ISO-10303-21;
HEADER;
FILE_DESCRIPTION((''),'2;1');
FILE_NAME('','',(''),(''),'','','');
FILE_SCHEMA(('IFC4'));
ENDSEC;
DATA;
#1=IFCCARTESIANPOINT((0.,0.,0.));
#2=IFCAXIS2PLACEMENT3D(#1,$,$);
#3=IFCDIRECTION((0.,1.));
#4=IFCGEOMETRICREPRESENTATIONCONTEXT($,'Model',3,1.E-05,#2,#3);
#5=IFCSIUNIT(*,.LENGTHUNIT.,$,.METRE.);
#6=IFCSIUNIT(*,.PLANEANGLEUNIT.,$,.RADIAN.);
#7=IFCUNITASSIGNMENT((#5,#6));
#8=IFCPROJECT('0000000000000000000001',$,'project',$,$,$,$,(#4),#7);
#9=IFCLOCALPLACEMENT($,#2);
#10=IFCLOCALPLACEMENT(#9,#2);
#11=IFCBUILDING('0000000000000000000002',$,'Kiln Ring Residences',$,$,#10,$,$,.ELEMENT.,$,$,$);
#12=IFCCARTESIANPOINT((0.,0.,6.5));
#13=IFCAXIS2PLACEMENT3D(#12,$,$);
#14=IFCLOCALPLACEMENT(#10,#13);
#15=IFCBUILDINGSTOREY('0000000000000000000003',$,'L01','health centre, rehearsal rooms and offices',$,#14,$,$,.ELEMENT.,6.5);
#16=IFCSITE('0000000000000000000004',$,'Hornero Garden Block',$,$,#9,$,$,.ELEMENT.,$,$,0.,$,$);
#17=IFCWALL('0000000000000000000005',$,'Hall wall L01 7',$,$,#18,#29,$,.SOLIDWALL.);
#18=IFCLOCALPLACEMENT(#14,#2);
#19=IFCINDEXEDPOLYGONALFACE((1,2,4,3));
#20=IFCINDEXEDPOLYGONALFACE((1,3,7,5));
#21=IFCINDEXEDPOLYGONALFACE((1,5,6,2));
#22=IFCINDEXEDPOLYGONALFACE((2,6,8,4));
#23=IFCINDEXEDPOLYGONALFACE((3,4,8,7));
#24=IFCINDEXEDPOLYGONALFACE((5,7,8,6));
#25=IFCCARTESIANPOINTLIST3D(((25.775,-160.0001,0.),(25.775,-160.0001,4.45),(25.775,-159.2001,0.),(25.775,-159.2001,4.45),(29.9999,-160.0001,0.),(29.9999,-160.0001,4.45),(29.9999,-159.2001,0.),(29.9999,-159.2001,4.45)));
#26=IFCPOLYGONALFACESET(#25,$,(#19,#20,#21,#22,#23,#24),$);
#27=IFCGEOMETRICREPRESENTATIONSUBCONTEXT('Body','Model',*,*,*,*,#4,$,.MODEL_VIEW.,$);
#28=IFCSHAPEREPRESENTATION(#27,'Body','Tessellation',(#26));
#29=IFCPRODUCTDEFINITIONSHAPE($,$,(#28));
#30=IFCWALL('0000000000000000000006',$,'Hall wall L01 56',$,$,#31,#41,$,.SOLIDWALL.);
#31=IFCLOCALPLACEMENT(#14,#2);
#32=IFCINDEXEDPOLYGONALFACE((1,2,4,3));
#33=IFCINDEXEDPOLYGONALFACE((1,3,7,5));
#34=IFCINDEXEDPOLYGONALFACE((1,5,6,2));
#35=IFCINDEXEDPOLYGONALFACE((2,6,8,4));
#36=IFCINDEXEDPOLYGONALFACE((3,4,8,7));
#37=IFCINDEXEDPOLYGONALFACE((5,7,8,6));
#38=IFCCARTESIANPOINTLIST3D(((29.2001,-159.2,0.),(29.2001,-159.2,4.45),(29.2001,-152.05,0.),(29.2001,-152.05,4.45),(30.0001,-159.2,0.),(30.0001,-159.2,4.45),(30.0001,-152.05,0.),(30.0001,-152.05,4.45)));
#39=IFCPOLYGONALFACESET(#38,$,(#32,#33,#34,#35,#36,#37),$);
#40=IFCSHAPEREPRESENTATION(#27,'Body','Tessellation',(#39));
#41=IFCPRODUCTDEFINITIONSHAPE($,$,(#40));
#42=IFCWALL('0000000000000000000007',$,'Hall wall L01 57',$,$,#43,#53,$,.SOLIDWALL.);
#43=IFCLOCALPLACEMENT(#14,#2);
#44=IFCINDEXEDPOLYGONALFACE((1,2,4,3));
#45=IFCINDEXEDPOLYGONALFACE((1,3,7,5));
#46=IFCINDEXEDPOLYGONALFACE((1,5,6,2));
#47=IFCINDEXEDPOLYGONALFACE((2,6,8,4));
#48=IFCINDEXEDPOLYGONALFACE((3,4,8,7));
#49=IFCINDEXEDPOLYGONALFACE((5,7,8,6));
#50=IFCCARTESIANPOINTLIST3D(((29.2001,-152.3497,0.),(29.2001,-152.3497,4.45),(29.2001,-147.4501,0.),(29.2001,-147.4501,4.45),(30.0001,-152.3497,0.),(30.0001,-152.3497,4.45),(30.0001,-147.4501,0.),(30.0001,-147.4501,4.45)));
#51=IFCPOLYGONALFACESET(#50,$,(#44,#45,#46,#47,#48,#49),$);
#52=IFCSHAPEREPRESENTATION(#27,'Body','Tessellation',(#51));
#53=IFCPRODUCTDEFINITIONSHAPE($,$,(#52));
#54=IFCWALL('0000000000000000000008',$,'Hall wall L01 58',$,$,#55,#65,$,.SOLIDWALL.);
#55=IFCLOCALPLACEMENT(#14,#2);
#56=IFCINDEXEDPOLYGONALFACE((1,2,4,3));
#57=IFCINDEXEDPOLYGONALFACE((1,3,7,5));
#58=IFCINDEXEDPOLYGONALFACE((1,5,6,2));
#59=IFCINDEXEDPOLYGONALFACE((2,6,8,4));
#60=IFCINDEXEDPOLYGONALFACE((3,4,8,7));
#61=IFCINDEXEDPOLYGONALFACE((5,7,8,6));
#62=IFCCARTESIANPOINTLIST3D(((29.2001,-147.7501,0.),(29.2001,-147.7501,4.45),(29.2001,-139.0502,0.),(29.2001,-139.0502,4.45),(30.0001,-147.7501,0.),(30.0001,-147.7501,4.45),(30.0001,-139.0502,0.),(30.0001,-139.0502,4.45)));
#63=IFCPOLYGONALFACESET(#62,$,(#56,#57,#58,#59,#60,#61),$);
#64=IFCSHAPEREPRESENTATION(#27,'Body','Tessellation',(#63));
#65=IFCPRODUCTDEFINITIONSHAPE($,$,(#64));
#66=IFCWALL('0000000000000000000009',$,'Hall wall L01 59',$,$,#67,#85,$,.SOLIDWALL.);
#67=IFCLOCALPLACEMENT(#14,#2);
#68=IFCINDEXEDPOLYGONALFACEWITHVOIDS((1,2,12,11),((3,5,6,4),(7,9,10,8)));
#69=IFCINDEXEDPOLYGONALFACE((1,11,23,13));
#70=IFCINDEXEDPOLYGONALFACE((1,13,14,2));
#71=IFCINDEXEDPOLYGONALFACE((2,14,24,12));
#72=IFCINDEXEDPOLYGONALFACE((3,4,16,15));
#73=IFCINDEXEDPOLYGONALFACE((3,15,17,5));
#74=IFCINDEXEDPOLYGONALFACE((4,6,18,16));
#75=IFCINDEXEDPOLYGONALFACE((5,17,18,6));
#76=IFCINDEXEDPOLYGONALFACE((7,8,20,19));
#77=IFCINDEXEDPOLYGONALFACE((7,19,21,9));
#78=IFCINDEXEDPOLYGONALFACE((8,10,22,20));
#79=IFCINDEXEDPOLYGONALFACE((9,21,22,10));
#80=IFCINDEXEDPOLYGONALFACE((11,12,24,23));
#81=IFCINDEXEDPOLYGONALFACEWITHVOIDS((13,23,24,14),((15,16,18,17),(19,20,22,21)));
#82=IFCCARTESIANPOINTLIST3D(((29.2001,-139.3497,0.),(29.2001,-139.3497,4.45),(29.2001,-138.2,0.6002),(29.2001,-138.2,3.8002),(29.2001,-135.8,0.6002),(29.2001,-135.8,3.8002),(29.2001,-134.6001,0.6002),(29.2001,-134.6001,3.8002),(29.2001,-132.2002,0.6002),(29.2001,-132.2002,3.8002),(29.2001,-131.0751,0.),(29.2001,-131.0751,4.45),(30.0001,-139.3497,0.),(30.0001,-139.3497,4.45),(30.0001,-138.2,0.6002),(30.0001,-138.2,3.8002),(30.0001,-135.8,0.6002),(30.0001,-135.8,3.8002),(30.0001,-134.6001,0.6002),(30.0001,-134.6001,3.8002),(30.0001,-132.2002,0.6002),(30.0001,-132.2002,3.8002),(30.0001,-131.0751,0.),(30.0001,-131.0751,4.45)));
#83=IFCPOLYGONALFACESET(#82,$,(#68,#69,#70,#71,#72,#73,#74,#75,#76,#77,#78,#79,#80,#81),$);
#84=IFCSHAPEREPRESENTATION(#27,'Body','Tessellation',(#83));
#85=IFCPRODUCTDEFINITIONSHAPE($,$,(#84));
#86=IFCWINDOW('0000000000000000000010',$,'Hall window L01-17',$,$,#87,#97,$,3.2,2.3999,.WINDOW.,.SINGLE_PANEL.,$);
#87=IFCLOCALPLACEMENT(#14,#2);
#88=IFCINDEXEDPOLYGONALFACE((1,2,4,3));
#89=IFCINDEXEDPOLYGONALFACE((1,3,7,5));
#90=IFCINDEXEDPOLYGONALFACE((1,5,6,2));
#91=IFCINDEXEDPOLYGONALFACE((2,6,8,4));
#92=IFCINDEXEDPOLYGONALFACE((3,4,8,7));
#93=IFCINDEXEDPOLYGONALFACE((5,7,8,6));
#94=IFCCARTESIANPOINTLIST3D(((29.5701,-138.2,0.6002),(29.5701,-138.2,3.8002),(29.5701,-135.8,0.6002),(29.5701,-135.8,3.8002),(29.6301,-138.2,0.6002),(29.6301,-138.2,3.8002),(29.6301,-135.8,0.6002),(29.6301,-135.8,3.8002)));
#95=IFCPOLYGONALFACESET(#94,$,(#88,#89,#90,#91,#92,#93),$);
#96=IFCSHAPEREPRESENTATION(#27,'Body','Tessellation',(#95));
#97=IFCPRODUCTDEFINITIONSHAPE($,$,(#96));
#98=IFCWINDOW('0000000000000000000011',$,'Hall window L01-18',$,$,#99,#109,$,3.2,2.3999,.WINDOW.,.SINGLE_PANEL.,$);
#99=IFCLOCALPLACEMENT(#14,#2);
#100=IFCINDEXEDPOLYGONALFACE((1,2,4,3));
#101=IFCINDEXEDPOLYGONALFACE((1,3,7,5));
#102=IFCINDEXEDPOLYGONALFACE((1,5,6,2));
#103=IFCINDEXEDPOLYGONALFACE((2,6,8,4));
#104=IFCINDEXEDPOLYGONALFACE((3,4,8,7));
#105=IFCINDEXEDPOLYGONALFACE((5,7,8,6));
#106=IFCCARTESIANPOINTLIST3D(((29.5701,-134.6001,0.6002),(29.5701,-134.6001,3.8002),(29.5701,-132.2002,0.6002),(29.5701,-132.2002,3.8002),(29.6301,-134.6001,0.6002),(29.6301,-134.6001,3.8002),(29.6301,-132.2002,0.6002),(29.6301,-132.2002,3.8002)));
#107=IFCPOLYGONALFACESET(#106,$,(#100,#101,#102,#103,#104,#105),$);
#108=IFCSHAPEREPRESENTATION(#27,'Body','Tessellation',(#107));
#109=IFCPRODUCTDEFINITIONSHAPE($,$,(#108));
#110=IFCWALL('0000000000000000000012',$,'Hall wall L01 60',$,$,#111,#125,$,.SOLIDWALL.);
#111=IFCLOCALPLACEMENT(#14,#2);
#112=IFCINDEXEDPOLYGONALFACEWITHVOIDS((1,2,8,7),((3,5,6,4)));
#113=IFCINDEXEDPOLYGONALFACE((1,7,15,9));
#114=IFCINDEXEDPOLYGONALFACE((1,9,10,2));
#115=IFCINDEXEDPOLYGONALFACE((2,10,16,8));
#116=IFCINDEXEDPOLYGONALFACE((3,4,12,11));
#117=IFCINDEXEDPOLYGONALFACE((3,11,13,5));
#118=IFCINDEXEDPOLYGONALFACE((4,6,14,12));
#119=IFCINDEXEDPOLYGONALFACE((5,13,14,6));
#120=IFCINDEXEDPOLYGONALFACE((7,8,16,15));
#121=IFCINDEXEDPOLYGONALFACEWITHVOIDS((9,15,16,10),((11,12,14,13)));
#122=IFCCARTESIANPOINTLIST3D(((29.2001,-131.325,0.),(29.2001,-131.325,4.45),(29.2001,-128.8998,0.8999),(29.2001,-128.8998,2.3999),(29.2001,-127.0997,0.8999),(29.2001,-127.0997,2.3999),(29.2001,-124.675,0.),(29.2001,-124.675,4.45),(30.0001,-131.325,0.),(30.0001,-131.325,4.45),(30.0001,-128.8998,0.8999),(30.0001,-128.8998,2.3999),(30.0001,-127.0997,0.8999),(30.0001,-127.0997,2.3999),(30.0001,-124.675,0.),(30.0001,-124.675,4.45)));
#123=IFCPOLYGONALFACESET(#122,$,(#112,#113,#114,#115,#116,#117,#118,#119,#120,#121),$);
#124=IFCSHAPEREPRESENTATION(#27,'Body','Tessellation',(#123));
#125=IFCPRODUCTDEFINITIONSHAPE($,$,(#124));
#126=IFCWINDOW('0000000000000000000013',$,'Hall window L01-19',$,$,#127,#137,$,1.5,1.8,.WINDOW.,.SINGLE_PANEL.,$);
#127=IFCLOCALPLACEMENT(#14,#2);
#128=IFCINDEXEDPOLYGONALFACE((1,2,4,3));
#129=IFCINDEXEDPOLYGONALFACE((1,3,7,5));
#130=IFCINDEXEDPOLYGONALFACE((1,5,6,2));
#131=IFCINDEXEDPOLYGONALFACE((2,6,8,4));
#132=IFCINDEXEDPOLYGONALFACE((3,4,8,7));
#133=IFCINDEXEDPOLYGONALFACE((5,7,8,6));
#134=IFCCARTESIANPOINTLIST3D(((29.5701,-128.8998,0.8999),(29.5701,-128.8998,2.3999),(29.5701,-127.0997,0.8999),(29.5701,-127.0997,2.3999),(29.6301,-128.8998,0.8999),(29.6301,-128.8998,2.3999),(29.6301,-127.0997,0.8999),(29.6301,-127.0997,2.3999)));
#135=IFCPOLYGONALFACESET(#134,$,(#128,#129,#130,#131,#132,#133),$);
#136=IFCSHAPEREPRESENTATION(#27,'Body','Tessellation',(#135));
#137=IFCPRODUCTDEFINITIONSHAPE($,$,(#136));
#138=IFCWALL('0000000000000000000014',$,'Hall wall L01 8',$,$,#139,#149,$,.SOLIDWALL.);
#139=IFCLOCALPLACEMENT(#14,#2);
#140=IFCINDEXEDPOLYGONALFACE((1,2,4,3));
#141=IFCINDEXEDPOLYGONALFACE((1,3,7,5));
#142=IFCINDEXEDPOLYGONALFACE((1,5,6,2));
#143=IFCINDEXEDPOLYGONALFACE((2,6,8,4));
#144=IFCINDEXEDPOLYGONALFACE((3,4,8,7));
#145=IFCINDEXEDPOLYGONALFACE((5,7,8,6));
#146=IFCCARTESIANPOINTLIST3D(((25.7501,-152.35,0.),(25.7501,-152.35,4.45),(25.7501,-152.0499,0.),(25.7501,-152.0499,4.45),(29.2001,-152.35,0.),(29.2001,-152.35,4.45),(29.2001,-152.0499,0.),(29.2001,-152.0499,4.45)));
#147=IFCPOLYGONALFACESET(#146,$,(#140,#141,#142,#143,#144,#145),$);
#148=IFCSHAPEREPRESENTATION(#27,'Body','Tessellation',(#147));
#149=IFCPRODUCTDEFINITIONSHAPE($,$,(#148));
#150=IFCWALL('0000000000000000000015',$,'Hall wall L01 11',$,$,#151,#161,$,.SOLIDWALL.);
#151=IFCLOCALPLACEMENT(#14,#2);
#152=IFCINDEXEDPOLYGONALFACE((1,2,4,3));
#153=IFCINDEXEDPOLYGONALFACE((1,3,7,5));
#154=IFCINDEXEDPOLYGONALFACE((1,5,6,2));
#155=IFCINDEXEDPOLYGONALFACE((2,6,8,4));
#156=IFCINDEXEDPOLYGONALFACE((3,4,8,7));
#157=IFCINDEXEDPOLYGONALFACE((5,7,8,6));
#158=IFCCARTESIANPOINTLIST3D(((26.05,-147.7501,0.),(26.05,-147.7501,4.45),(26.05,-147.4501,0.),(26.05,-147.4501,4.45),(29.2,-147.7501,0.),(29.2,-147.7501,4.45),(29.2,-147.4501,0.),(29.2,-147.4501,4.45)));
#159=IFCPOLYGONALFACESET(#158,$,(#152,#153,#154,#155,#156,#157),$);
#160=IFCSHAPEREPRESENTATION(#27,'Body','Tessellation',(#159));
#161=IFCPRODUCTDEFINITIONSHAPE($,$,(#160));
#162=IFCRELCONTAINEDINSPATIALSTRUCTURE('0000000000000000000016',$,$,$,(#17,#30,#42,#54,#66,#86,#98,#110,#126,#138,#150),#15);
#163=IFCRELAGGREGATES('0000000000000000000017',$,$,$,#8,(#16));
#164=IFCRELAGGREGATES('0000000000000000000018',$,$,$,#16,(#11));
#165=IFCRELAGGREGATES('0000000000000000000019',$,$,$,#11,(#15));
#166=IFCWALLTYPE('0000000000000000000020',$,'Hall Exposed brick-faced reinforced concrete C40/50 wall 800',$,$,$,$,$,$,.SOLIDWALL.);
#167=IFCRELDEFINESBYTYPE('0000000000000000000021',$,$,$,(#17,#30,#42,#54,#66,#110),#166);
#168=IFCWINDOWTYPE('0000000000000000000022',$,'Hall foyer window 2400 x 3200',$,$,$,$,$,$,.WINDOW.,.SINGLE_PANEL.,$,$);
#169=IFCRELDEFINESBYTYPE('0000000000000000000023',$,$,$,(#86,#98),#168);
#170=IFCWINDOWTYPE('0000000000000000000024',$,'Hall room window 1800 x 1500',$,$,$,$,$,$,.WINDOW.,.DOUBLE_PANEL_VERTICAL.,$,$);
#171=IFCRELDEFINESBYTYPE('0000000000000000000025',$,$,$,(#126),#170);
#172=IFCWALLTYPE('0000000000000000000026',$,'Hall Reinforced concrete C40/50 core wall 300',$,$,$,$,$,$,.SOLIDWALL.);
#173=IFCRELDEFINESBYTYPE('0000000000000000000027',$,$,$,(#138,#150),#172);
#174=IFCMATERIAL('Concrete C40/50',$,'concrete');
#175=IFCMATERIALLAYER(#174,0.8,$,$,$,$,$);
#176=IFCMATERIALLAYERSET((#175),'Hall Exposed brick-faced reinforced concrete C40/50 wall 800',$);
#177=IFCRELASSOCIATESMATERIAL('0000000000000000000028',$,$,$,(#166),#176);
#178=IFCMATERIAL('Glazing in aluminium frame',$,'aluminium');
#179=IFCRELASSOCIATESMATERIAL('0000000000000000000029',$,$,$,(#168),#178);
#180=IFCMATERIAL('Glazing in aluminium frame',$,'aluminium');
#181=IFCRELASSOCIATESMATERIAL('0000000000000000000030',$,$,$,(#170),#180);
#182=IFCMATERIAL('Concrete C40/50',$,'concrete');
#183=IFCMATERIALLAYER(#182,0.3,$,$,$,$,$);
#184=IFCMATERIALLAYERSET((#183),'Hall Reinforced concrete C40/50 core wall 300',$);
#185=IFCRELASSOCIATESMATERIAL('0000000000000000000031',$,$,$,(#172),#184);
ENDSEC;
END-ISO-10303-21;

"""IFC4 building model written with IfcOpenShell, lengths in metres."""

from ifc_helpers import new_model, si_unit, direction, frame, frame_2d, origin, place, context, subcontext, project, spatial, rectangle, extrude, material, layer, layer_set, type_object, element, fill, save


model = new_model("IFC4")

# Units and contexts
model_context = context("Model", 3, precision=1e-05, world=origin(), true_north=direction((0.0, 1.0)))
body_context = subcontext(model_context, "Body", "Model", "MODEL_VIEW")
ifc_project = project(units=[si_unit("LENGTHUNIT", "METRE"), si_unit("PLANEANGLEUNIT", "RADIAN")], contexts=[model_context])

# Site, building, storey
site_placement = place(None, origin())
site = spatial("IfcSite", under=ifc_project, at=site_placement, Name="Hornero Garden Block", CompositionType="ELEMENT", RefElevation=0.0)
building_placement = place(site_placement, origin())
building = spatial("IfcBuilding", under=site, at=building_placement, Name="Kiln Ring Residences", CompositionType="ELEMENT")
storey_placement = place(building_placement, frame((0.0, 0.0, 6.5)))
storey = spatial("IfcBuildingStorey", under=building, at=storey_placement, Name="L01", Description="health centre, rehearsal rooms and offices", CompositionType="ELEMENT", Elevation=6.5)

# Walls
ifc_material_1 = material(Name="Concrete C40/50", Category="concrete")
ifc_layer_1 = layer(ifc_material_1, 0.8)
ifc_layer_set_1 = layer_set([ifc_layer_1], Name="Hall Exposed brick-faced reinforced concrete C40/50 wall 800")
wall_type_1 = type_object("IfcWallType", Name="Hall Exposed brick-faced reinforced concrete C40/50 wall 800", PredefinedType="SOLIDWALL", material=ifc_layer_set_1)
wall_1_placement = place(storey_placement, frame((25.7751, -159.6001, 0.0), z_axis=(0.0, 0.0, 1.0), x_axis=(1.0, 0.0, 0.0)))
element("IfcWall", 1, at=wall_1_placement, inside=storey, type_object=wall_type_1, Name="Hall wall L01 7", PredefinedType="SOLIDWALL", context=body_context, shape_type="SweptSolid", body=[
    extrude(rectangle(XDim=4.2249, YDim=0.8, at=frame_2d((2.1123, 0.0))), origin(), (0.0, 0.0, 1.0), 4.45),
])
wall_2_placement = place(storey_placement, frame((29.6001, -152.05, 0.0), z_axis=(0.0, 0.0, 1.0), x_axis=(0.0, -1.0, 0.0)))
element("IfcWall", 2, at=wall_2_placement, inside=storey, type_object=wall_type_1, Name="Hall wall L01 56", PredefinedType="SOLIDWALL", context=body_context, shape_type="SweptSolid", body=[
    extrude(rectangle(XDim=7.1499, YDim=0.8, at=frame_2d((3.575, 0.0))), origin(), (0.0, 0.0, 1.0), 4.45),
])
wall_3_placement = place(storey_placement, frame((29.6001, -147.4502, 0.0), z_axis=(0.0, 0.0, 1.0), x_axis=(0.0, -1.0, 0.0)))
element("IfcWall", 3, at=wall_3_placement, inside=storey, type_object=wall_type_1, Name="Hall wall L01 57", PredefinedType="SOLIDWALL", context=body_context, shape_type="SweptSolid", body=[
    extrude(rectangle(XDim=4.8997, YDim=0.8, at=frame_2d((2.4497, 0.0))), origin(), (0.0, 0.0, 1.0), 4.45),
])
wall_4_placement = place(storey_placement, frame((29.6001, -139.05, 0.0), z_axis=(0.0, 0.0, 1.0), x_axis=(0.0, -1.0, 0.0)))
element("IfcWall", 4, at=wall_4_placement, inside=storey, type_object=wall_type_1, Name="Hall wall L01 58", PredefinedType="SOLIDWALL", context=body_context, shape_type="SweptSolid", body=[
    extrude(rectangle(XDim=8.7, YDim=0.8, at=frame_2d((4.3501, 0.0))), origin(), (0.0, 0.0, 1.0), 4.45),
])

# Wall, openings, windows
wall_5_placement = place(storey_placement, frame((29.6001, -131.0752, 0.0), z_axis=(0.0, 0.0, 1.0), x_axis=(0.0, -1.0, 0.0)))
wall_5 = element("IfcWall", 5, at=wall_5_placement, inside=storey, type_object=wall_type_1, Name="Hall wall L01 59", PredefinedType="SOLIDWALL", context=body_context, shape_type="SweptSolid", body=[
    extrude(rectangle(XDim=8.2747, YDim=0.8, at=frame_2d((4.1372, 0.0))), origin(), (0.0, 0.0, 1.0), 4.45),
])
opening_1_placement = place(wall_5_placement, frame((4.7249, 0.0, 0.6001)))
opening_1 = element("IfcOpeningElement", 6, at=opening_1_placement, cuts=wall_5, PredefinedType="OPENING", context=body_context, shape_type="SweptSolid", body=[
    extrude(rectangle(XDim=2.3999, YDim=3.2, at=frame_2d((1.2, 1.6001))), frame((0.0, 0.4099, 0.0), z_axis=(0.0, -1.0, 0.0), x_axis=(1.0, 0.0, 0.0)), (0.0, 0.0, 1.0), 0.8201),
])
opening_2_placement = place(wall_5_placement, frame((1.125, 0.0, 0.6001)))
opening_2 = element("IfcOpeningElement", 7, at=opening_2_placement, cuts=wall_5, PredefinedType="OPENING", context=body_context, shape_type="SweptSolid", body=[
    extrude(rectangle(XDim=2.3999, YDim=3.2, at=frame_2d((1.2, 1.6001))), frame((0.0, 0.4099, 0.0), z_axis=(0.0, -1.0, 0.0), x_axis=(1.0, 0.0, 0.0)), (0.0, 0.0, 1.0), 0.8201),
])
ifc_material_2 = material(Name="Glazing in aluminium frame", Category="aluminium")
window_type_1 = type_object("IfcWindowType", Name="Hall foyer window 2400 x 3200", PartitioningType="SINGLE_PANEL", PredefinedType="WINDOW", material=ifc_material_2)
window_1_placement = place(opening_1_placement, origin())
window_1 = element("IfcWindow", 8, at=window_1_placement, inside=storey, type_object=window_type_1, Name="Hall window L01-17", OverallHeight=3.2, OverallWidth=2.3999, PartitioningType="SINGLE_PANEL", PredefinedType="WINDOW", context=body_context, shape_type="SweptSolid", body=[
    extrude(rectangle(XDim=2.3999, YDim=3.2, at=frame_2d((1.2, 1.6001))), frame((0.0, 0.03, 0.0), z_axis=(0.0, -1.0, 0.0), x_axis=(1.0, 0.0, 0.0)), (0.0, 0.0, 1.0), 0.0601),
])
fill(opening_1, window_1)
window_2_placement = place(opening_2_placement, origin())
window_2 = element("IfcWindow", 9, at=window_2_placement, inside=storey, type_object=window_type_1, Name="Hall window L01-18", OverallHeight=3.2, OverallWidth=2.3999, PartitioningType="SINGLE_PANEL", PredefinedType="WINDOW", context=body_context, shape_type="SweptSolid", body=[
    extrude(rectangle(XDim=2.3999, YDim=3.2, at=frame_2d((1.2, 1.6001))), frame((0.0, 0.03, 0.0), z_axis=(0.0, -1.0, 0.0), x_axis=(1.0, 0.0, 0.0)), (0.0, 0.0, 1.0), 0.0601),
])
fill(opening_2, window_2)

# Wall, opening, window
wall_6_placement = place(storey_placement, frame((29.6001, -124.675, 0.0), z_axis=(0.0, 0.0, 1.0), x_axis=(0.0, -1.0, 0.0)))
wall_6 = element("IfcWall", 10, at=wall_6_placement, inside=storey, type_object=wall_type_1, Name="Hall wall L01 60", PredefinedType="SOLIDWALL", context=body_context, shape_type="SweptSolid", body=[
    extrude(rectangle(XDim=6.6499, YDim=0.8, at=frame_2d((3.325, 0.0))), origin(), (0.0, 0.0, 1.0), 4.45),
])
opening_3_placement = place(wall_6_placement, frame((2.4248, 0.0, 0.8999)))
opening_3 = element("IfcOpeningElement", 11, at=opening_3_placement, cuts=wall_6, PredefinedType="OPENING", context=body_context, shape_type="SweptSolid", body=[
    extrude(rectangle(XDim=1.8, YDim=1.5, at=frame_2d((0.8999, 0.75))), frame((0.0, 0.4099, 0.0), z_axis=(0.0, -1.0, 0.0), x_axis=(1.0, 0.0, 0.0)), (0.0, 0.0, 1.0), 0.8201),
])
ifc_material_3 = material(Name="Glazing in aluminium frame", Category="aluminium")
window_type_2 = type_object("IfcWindowType", Name="Hall room window 1800 x 1500", PartitioningType="DOUBLE_PANEL_VERTICAL", PredefinedType="WINDOW", material=ifc_material_3)
window_3_placement = place(opening_3_placement, origin())
window_3 = element("IfcWindow", 12, at=window_3_placement, inside=storey, type_object=window_type_2, Name="Hall window L01-19", OverallHeight=1.5, OverallWidth=1.8, PartitioningType="SINGLE_PANEL", PredefinedType="WINDOW", context=body_context, shape_type="SweptSolid", body=[
    extrude(rectangle(XDim=1.8, YDim=1.5, at=frame_2d((0.8999, 0.75))), frame((0.0, 0.03, 0.0), z_axis=(0.0, -1.0, 0.0), x_axis=(1.0, 0.0, 0.0)), (0.0, 0.0, 1.0), 0.0601),
])
fill(opening_3, window_3)

# Walls
ifc_material_4 = material(Name="Concrete C40/50", Category="concrete")
ifc_layer_2 = layer(ifc_material_4, 0.3)
ifc_layer_set_2 = layer_set([ifc_layer_2], Name="Hall Reinforced concrete C40/50 core wall 300")
wall_type_2 = type_object("IfcWallType", Name="Hall Reinforced concrete C40/50 core wall 300", PredefinedType="SOLIDWALL", material=ifc_layer_set_2)
wall_7_placement = place(storey_placement, frame((25.75, -152.2, 0.0), z_axis=(0.0, 0.0, 1.0), x_axis=(1.0, 0.0, 0.0)))
element("IfcWall", 13, at=wall_7_placement, inside=storey, type_object=wall_type_2, Name="Hall wall L01 8", PredefinedType="SOLIDWALL", context=body_context, shape_type="SweptSolid", body=[
    extrude(rectangle(XDim=3.45, YDim=0.3, at=frame_2d((1.7251, 0.0))), origin(), (0.0, 0.0, 1.0), 4.45),
])
wall_8_placement = place(storey_placement, frame((26.05, -147.6001, 0.0), z_axis=(0.0, 0.0, 1.0), x_axis=(1.0, 0.0, 0.0)))
element("IfcWall", 14, at=wall_8_placement, inside=storey, type_object=wall_type_2, Name="Hall wall L01 11", PredefinedType="SOLIDWALL", context=body_context, shape_type="SweptSolid", body=[
    extrude(rectangle(XDim=3.1499, YDim=0.3, at=frame_2d((1.575, 0.0))), origin(), (0.0, 0.0, 1.0), 4.45),
])

save(model, "model.ifc")
